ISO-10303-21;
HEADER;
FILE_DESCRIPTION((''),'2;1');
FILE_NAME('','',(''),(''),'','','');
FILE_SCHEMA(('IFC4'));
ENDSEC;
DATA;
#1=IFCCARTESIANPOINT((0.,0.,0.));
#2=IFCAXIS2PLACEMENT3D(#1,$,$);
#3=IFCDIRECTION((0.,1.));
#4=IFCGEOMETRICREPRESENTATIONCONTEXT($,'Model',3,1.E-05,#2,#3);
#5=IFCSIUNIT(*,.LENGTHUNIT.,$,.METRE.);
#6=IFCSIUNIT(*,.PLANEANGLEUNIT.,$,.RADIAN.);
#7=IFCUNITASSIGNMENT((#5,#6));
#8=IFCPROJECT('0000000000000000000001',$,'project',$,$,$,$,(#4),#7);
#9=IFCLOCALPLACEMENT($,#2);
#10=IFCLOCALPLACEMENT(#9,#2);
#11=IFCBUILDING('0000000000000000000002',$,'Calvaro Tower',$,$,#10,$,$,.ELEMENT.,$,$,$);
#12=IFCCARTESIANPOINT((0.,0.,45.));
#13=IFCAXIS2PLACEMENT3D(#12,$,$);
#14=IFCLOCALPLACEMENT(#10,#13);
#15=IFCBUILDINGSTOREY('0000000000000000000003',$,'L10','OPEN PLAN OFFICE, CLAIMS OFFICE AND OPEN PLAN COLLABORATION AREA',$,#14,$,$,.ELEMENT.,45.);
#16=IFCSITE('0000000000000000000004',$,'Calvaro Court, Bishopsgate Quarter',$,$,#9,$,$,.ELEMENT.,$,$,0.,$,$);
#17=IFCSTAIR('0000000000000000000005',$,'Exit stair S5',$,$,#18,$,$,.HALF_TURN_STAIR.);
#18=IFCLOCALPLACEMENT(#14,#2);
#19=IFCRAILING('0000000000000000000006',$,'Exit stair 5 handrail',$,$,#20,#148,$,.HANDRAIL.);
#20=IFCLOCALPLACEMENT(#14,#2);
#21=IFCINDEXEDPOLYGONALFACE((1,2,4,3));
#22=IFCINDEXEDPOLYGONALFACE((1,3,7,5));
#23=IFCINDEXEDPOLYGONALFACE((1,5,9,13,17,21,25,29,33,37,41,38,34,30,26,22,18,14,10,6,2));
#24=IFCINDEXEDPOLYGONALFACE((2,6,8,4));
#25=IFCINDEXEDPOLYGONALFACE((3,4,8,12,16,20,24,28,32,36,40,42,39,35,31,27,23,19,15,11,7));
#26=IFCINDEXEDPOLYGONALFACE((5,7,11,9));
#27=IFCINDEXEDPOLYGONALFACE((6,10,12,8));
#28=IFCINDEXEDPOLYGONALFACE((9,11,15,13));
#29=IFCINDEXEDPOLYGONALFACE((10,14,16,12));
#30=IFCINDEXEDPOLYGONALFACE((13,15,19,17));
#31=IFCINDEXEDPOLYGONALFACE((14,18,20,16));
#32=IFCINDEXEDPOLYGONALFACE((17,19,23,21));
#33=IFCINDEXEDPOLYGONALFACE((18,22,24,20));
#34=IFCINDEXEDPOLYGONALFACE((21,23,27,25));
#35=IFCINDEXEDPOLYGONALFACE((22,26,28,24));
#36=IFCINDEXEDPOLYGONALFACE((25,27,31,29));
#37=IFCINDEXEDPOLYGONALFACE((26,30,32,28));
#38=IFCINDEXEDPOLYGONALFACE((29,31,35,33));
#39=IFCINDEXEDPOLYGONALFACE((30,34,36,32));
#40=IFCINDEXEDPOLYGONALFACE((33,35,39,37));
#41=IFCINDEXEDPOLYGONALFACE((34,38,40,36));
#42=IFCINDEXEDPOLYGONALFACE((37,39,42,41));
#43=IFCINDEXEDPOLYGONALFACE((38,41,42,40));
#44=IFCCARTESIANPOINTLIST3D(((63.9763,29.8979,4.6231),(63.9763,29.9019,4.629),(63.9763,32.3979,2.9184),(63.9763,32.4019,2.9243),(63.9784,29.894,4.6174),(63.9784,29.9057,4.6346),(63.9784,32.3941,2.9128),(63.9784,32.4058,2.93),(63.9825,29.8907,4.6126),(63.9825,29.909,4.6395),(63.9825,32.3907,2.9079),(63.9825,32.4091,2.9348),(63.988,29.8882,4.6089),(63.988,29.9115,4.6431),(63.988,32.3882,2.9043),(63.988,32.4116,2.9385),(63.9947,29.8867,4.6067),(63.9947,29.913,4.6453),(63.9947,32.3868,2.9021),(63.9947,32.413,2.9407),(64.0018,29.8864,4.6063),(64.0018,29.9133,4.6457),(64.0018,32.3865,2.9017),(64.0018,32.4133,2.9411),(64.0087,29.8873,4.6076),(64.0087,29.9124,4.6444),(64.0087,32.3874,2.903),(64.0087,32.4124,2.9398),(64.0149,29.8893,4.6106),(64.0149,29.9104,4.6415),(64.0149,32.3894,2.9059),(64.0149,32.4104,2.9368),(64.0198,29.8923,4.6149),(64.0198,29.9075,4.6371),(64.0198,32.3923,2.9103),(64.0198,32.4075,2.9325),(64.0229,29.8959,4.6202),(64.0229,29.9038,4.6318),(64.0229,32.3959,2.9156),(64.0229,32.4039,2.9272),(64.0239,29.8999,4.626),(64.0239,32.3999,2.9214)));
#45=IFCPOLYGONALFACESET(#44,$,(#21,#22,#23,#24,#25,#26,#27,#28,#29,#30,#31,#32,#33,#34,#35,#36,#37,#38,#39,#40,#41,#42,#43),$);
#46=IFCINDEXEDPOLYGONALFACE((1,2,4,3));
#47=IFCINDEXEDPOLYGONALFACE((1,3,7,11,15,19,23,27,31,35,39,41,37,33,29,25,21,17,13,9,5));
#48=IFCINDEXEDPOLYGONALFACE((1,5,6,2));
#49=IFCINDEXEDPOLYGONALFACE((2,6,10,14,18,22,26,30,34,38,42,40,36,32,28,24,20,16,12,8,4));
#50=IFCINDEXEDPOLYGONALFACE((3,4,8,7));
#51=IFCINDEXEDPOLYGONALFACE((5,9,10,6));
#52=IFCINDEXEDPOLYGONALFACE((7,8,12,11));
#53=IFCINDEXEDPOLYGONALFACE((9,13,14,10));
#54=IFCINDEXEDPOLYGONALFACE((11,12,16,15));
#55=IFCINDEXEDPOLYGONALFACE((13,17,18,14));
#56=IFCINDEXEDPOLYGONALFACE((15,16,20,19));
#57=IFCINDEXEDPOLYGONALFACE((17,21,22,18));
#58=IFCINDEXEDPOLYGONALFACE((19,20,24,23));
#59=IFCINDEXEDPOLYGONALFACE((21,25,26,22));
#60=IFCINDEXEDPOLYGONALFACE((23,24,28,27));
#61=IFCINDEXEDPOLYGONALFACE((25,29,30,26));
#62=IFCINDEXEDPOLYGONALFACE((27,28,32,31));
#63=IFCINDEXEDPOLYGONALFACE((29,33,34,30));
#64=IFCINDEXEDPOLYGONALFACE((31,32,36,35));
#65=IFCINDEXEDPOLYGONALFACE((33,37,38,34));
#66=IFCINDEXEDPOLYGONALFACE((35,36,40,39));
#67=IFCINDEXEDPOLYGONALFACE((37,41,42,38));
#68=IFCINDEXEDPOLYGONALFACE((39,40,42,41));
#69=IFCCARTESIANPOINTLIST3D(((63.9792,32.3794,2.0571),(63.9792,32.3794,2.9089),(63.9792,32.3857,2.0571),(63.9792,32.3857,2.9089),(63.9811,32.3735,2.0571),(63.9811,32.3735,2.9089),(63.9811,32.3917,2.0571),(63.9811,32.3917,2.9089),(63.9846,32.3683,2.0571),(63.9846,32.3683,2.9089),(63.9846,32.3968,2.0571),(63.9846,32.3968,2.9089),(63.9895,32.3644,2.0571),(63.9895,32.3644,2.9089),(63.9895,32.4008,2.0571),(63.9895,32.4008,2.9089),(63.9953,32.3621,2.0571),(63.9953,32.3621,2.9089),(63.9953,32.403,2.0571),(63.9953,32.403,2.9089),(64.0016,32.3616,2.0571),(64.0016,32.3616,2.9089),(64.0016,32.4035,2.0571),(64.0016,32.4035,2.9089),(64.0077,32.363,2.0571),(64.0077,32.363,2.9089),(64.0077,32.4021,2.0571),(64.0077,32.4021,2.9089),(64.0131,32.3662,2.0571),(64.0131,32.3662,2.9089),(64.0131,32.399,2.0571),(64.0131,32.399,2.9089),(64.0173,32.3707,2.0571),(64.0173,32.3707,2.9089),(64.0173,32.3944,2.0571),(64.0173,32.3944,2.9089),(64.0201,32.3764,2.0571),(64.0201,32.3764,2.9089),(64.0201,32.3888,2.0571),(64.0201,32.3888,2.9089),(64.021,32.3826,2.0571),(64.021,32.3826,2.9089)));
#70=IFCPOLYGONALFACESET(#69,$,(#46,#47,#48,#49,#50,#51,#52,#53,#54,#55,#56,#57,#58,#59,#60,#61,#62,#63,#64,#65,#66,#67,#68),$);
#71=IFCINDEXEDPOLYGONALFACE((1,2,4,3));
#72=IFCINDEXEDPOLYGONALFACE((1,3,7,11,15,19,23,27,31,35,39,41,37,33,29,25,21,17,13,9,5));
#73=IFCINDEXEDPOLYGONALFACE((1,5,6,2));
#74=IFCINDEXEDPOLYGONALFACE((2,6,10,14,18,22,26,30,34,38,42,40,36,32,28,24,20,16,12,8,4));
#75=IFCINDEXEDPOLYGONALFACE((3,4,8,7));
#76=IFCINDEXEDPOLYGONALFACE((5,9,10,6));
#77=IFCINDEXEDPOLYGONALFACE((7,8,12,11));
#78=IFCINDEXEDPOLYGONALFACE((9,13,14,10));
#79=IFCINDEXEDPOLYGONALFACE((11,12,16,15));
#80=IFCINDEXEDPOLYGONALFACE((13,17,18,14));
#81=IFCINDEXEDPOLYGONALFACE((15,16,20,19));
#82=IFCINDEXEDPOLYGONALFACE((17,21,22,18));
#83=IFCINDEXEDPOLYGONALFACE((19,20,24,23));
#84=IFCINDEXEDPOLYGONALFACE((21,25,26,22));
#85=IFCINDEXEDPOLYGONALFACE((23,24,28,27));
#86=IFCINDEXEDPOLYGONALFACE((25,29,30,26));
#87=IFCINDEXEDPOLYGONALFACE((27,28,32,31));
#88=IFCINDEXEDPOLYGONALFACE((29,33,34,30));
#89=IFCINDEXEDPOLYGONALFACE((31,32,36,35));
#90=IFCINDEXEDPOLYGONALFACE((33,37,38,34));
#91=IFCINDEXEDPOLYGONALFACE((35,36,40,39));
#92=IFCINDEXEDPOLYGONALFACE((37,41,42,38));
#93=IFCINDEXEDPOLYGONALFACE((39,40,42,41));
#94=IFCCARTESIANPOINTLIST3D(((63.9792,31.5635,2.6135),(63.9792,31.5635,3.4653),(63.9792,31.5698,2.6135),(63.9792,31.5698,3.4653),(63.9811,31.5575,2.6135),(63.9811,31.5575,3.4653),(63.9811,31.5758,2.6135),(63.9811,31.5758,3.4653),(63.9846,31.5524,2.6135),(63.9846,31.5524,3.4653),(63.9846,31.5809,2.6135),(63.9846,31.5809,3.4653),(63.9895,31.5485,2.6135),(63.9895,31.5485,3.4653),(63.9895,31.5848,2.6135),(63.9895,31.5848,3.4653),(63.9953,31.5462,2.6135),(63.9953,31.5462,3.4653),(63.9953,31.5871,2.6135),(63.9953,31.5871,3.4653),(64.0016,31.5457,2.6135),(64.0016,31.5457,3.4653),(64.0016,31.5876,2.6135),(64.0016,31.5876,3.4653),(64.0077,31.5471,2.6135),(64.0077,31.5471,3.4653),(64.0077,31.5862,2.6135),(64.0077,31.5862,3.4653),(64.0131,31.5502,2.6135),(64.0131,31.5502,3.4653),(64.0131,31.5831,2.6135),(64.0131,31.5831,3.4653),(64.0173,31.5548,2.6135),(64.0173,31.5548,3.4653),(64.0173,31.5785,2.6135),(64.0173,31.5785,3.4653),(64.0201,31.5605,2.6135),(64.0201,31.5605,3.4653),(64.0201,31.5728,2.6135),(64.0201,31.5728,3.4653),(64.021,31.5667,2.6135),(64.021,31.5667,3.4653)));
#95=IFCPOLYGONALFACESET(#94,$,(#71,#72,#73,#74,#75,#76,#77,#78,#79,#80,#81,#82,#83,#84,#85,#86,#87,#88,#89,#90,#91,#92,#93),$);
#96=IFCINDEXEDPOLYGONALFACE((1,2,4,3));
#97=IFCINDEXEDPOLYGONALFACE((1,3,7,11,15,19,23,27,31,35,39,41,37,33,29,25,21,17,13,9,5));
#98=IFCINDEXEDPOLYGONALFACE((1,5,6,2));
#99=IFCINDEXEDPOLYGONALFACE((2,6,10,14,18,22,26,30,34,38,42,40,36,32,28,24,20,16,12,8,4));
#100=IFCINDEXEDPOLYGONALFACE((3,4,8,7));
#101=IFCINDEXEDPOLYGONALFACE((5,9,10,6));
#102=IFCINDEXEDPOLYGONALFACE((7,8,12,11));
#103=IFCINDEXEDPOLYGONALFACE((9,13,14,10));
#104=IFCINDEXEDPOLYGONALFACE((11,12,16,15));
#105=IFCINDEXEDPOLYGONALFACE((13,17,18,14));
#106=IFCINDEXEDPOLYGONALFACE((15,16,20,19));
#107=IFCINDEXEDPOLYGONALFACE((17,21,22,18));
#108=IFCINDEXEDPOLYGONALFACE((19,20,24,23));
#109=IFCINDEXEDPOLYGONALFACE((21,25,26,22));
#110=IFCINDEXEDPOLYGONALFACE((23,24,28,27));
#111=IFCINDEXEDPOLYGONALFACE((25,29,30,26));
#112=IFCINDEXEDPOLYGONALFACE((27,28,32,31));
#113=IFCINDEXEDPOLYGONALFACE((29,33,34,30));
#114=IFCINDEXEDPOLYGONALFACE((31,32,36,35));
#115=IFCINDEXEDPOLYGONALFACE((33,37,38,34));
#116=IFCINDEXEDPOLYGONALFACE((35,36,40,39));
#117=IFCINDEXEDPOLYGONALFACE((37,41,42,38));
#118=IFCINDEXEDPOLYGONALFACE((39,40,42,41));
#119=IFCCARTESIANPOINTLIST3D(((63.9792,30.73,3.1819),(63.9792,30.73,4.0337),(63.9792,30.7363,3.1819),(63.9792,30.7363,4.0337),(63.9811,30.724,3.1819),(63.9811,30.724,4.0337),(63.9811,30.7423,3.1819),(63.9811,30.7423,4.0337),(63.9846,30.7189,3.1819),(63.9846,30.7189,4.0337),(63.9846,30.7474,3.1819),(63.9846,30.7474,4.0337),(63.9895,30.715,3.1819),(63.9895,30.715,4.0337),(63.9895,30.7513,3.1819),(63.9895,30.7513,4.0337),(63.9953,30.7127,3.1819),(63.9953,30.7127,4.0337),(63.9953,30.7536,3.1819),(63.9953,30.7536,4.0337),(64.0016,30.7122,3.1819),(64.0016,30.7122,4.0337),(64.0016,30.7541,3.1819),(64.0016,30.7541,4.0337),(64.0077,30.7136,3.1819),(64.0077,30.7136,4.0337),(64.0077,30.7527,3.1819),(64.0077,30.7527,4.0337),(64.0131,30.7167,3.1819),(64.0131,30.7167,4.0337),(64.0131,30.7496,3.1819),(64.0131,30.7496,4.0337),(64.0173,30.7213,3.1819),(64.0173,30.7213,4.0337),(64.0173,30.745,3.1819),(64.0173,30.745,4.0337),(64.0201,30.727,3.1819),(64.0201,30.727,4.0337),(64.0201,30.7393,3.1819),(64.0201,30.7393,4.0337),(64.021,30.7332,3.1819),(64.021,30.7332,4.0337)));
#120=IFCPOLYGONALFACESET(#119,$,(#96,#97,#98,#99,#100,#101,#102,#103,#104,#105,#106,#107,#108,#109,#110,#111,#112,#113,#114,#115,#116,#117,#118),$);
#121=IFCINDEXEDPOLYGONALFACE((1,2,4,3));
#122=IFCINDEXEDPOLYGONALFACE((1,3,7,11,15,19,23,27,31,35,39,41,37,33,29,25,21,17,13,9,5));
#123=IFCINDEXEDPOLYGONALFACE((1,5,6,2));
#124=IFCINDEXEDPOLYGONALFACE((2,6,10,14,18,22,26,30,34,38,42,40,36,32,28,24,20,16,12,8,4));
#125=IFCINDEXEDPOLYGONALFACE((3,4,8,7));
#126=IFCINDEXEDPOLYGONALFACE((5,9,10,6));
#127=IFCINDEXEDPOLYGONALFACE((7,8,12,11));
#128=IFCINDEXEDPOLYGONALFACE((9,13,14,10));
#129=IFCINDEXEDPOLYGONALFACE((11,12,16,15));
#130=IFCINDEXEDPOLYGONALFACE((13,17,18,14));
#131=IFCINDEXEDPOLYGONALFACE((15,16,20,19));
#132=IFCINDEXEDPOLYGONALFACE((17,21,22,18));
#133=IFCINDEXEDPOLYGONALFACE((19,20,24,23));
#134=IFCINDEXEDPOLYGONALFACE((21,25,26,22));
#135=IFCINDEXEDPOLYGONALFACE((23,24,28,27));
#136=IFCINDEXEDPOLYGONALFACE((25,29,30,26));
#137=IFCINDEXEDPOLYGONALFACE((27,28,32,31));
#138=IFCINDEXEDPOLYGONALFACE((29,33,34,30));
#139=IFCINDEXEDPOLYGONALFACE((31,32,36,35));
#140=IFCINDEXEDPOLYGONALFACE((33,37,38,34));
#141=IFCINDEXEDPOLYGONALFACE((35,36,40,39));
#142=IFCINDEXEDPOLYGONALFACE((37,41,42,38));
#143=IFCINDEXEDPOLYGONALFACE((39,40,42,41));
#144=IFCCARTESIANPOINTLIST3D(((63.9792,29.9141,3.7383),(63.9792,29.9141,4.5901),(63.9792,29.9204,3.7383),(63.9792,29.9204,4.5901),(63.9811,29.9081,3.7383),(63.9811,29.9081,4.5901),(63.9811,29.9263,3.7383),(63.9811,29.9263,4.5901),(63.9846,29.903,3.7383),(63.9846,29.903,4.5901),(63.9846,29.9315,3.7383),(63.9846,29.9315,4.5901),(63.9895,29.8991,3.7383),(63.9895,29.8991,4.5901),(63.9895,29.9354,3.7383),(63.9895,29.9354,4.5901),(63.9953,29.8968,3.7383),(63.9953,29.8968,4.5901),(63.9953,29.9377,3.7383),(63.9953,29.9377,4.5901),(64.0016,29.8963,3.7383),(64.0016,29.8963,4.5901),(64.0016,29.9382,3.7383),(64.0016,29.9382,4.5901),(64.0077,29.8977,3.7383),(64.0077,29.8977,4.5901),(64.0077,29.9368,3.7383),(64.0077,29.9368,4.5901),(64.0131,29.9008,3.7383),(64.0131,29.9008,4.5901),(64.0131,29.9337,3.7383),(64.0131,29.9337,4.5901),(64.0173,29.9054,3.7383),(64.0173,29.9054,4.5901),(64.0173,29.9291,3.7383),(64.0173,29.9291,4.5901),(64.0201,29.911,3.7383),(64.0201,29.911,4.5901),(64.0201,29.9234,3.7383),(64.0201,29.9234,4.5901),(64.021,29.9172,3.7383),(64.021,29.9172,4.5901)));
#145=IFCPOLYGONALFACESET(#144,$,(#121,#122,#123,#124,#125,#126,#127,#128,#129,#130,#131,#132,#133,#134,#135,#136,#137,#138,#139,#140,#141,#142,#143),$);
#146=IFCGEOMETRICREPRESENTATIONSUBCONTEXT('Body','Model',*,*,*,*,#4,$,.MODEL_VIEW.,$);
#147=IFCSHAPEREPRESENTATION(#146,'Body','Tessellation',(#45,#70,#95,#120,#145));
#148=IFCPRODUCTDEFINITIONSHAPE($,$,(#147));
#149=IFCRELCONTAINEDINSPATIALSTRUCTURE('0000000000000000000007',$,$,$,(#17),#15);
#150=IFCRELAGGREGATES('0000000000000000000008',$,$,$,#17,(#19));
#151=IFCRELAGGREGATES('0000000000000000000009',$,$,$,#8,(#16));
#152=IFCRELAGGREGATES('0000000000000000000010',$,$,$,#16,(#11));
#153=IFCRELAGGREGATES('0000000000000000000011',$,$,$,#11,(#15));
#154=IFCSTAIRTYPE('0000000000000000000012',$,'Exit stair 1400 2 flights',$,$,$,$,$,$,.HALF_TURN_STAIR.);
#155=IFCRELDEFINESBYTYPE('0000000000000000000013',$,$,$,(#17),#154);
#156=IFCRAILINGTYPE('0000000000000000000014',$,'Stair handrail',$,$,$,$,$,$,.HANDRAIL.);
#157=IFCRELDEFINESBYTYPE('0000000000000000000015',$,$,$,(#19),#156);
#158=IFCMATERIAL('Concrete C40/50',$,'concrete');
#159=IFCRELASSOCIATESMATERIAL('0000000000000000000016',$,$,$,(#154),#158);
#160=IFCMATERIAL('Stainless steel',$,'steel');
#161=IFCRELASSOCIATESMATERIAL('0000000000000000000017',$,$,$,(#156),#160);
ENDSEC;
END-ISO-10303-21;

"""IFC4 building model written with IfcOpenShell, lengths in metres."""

from ifc_helpers import new_model, si_unit, direction, frame, origin, origin_2d, place, context, subcontext, project, spatial, circle, extrude, material, type_object, element, aggregate, save


model = new_model("IFC4")

# Units and contexts
model_context = context("Model", 3, precision=1e-05, world=origin(), true_north=direction((0.0, 1.0)))
body_context = subcontext(model_context, "Body", "Model", "MODEL_VIEW")
ifc_project = project(units=[si_unit("LENGTHUNIT", "METRE"), si_unit("PLANEANGLEUNIT", "RADIAN")], contexts=[model_context])

# Site, building, storey
site_placement = place(None, origin())
site = spatial("IfcSite", under=ifc_project, at=site_placement, Name="Calvaro Court, Bishopsgate Quarter", CompositionType="ELEMENT", RefElevation=0.0)
building_placement = place(site_placement, origin())
building = spatial("IfcBuilding", under=site, at=building_placement, Name="Calvaro Tower", CompositionType="ELEMENT")
storey_placement = place(building_placement, frame((0.0, 0.0, 45.0)))
storey = spatial("IfcBuildingStorey", under=building, at=storey_placement, Name="L10", Description="OPEN PLAN OFFICE, CLAIMS OFFICE AND OPEN PLAN COLLABORATION AREA", CompositionType="ELEMENT", Elevation=45.0)

# Stair
ifc_material_1 = material(Name="Concrete C40/50", Category="concrete")
stair_type = type_object("IfcStairType", Name="Exit stair 1400 2 flights", PredefinedType="HALF_TURN_STAIR", material=ifc_material_1)
stair_1_placement = place(storey_placement, origin())
stair_1 = element("IfcStair", 1, at=stair_1_placement, inside=storey, type_object=stair_type, Name="Exit stair S5", PredefinedType="HALF_TURN_STAIR")

# Shared definitions
ifc_material_2 = material(Name="Stainless steel", Category="steel")
railing_type = type_object("IfcRailingType", Name="Stair handrail", PredefinedType="HANDRAIL", material=ifc_material_2)

# Railing
railing_1_placement = place(storey_placement, frame((64.0, 32.3999, 2.0454)))
railing_1 = element("IfcRailing", 2, at=railing_1_placement, type_object=railing_type, Name="Exit stair 5 handrail", PredefinedType="HANDRAIL", context=body_context, shape_type="SweptSolid", body=[
    extrude(circle(Radius=0.0239, at=origin_2d()), frame((0.0, 0.0, 0.876), z_axis=(0.0, -0.826221, 0.563347), x_axis=(1.0, 0.0, 0.0)), (0.0, 0.0, 1.0), 3.0259),
    extrude(circle(Radius=0.021, at=origin_2d()), frame((0.0, -0.0173, 0.0117)), (0.0, 0.0, 1.0), 0.8518),
    extrude(circle(Radius=0.021, at=origin_2d()), frame((0.0, -0.8333, 0.5681)), (0.0, 0.0, 1.0), 0.8518),
    extrude(circle(Radius=0.021, at=origin_2d()), frame((0.0, -1.6667, 1.1365)), (0.0, 0.0, 1.0), 0.8518),
    extrude(circle(Radius=0.021, at=origin_2d()), frame((0.0, -2.4827, 1.6929)), (0.0, 0.0, 1.0), 0.8518),
])
aggregate(stair_1, [railing_1])

save(model, "model.ifc")
